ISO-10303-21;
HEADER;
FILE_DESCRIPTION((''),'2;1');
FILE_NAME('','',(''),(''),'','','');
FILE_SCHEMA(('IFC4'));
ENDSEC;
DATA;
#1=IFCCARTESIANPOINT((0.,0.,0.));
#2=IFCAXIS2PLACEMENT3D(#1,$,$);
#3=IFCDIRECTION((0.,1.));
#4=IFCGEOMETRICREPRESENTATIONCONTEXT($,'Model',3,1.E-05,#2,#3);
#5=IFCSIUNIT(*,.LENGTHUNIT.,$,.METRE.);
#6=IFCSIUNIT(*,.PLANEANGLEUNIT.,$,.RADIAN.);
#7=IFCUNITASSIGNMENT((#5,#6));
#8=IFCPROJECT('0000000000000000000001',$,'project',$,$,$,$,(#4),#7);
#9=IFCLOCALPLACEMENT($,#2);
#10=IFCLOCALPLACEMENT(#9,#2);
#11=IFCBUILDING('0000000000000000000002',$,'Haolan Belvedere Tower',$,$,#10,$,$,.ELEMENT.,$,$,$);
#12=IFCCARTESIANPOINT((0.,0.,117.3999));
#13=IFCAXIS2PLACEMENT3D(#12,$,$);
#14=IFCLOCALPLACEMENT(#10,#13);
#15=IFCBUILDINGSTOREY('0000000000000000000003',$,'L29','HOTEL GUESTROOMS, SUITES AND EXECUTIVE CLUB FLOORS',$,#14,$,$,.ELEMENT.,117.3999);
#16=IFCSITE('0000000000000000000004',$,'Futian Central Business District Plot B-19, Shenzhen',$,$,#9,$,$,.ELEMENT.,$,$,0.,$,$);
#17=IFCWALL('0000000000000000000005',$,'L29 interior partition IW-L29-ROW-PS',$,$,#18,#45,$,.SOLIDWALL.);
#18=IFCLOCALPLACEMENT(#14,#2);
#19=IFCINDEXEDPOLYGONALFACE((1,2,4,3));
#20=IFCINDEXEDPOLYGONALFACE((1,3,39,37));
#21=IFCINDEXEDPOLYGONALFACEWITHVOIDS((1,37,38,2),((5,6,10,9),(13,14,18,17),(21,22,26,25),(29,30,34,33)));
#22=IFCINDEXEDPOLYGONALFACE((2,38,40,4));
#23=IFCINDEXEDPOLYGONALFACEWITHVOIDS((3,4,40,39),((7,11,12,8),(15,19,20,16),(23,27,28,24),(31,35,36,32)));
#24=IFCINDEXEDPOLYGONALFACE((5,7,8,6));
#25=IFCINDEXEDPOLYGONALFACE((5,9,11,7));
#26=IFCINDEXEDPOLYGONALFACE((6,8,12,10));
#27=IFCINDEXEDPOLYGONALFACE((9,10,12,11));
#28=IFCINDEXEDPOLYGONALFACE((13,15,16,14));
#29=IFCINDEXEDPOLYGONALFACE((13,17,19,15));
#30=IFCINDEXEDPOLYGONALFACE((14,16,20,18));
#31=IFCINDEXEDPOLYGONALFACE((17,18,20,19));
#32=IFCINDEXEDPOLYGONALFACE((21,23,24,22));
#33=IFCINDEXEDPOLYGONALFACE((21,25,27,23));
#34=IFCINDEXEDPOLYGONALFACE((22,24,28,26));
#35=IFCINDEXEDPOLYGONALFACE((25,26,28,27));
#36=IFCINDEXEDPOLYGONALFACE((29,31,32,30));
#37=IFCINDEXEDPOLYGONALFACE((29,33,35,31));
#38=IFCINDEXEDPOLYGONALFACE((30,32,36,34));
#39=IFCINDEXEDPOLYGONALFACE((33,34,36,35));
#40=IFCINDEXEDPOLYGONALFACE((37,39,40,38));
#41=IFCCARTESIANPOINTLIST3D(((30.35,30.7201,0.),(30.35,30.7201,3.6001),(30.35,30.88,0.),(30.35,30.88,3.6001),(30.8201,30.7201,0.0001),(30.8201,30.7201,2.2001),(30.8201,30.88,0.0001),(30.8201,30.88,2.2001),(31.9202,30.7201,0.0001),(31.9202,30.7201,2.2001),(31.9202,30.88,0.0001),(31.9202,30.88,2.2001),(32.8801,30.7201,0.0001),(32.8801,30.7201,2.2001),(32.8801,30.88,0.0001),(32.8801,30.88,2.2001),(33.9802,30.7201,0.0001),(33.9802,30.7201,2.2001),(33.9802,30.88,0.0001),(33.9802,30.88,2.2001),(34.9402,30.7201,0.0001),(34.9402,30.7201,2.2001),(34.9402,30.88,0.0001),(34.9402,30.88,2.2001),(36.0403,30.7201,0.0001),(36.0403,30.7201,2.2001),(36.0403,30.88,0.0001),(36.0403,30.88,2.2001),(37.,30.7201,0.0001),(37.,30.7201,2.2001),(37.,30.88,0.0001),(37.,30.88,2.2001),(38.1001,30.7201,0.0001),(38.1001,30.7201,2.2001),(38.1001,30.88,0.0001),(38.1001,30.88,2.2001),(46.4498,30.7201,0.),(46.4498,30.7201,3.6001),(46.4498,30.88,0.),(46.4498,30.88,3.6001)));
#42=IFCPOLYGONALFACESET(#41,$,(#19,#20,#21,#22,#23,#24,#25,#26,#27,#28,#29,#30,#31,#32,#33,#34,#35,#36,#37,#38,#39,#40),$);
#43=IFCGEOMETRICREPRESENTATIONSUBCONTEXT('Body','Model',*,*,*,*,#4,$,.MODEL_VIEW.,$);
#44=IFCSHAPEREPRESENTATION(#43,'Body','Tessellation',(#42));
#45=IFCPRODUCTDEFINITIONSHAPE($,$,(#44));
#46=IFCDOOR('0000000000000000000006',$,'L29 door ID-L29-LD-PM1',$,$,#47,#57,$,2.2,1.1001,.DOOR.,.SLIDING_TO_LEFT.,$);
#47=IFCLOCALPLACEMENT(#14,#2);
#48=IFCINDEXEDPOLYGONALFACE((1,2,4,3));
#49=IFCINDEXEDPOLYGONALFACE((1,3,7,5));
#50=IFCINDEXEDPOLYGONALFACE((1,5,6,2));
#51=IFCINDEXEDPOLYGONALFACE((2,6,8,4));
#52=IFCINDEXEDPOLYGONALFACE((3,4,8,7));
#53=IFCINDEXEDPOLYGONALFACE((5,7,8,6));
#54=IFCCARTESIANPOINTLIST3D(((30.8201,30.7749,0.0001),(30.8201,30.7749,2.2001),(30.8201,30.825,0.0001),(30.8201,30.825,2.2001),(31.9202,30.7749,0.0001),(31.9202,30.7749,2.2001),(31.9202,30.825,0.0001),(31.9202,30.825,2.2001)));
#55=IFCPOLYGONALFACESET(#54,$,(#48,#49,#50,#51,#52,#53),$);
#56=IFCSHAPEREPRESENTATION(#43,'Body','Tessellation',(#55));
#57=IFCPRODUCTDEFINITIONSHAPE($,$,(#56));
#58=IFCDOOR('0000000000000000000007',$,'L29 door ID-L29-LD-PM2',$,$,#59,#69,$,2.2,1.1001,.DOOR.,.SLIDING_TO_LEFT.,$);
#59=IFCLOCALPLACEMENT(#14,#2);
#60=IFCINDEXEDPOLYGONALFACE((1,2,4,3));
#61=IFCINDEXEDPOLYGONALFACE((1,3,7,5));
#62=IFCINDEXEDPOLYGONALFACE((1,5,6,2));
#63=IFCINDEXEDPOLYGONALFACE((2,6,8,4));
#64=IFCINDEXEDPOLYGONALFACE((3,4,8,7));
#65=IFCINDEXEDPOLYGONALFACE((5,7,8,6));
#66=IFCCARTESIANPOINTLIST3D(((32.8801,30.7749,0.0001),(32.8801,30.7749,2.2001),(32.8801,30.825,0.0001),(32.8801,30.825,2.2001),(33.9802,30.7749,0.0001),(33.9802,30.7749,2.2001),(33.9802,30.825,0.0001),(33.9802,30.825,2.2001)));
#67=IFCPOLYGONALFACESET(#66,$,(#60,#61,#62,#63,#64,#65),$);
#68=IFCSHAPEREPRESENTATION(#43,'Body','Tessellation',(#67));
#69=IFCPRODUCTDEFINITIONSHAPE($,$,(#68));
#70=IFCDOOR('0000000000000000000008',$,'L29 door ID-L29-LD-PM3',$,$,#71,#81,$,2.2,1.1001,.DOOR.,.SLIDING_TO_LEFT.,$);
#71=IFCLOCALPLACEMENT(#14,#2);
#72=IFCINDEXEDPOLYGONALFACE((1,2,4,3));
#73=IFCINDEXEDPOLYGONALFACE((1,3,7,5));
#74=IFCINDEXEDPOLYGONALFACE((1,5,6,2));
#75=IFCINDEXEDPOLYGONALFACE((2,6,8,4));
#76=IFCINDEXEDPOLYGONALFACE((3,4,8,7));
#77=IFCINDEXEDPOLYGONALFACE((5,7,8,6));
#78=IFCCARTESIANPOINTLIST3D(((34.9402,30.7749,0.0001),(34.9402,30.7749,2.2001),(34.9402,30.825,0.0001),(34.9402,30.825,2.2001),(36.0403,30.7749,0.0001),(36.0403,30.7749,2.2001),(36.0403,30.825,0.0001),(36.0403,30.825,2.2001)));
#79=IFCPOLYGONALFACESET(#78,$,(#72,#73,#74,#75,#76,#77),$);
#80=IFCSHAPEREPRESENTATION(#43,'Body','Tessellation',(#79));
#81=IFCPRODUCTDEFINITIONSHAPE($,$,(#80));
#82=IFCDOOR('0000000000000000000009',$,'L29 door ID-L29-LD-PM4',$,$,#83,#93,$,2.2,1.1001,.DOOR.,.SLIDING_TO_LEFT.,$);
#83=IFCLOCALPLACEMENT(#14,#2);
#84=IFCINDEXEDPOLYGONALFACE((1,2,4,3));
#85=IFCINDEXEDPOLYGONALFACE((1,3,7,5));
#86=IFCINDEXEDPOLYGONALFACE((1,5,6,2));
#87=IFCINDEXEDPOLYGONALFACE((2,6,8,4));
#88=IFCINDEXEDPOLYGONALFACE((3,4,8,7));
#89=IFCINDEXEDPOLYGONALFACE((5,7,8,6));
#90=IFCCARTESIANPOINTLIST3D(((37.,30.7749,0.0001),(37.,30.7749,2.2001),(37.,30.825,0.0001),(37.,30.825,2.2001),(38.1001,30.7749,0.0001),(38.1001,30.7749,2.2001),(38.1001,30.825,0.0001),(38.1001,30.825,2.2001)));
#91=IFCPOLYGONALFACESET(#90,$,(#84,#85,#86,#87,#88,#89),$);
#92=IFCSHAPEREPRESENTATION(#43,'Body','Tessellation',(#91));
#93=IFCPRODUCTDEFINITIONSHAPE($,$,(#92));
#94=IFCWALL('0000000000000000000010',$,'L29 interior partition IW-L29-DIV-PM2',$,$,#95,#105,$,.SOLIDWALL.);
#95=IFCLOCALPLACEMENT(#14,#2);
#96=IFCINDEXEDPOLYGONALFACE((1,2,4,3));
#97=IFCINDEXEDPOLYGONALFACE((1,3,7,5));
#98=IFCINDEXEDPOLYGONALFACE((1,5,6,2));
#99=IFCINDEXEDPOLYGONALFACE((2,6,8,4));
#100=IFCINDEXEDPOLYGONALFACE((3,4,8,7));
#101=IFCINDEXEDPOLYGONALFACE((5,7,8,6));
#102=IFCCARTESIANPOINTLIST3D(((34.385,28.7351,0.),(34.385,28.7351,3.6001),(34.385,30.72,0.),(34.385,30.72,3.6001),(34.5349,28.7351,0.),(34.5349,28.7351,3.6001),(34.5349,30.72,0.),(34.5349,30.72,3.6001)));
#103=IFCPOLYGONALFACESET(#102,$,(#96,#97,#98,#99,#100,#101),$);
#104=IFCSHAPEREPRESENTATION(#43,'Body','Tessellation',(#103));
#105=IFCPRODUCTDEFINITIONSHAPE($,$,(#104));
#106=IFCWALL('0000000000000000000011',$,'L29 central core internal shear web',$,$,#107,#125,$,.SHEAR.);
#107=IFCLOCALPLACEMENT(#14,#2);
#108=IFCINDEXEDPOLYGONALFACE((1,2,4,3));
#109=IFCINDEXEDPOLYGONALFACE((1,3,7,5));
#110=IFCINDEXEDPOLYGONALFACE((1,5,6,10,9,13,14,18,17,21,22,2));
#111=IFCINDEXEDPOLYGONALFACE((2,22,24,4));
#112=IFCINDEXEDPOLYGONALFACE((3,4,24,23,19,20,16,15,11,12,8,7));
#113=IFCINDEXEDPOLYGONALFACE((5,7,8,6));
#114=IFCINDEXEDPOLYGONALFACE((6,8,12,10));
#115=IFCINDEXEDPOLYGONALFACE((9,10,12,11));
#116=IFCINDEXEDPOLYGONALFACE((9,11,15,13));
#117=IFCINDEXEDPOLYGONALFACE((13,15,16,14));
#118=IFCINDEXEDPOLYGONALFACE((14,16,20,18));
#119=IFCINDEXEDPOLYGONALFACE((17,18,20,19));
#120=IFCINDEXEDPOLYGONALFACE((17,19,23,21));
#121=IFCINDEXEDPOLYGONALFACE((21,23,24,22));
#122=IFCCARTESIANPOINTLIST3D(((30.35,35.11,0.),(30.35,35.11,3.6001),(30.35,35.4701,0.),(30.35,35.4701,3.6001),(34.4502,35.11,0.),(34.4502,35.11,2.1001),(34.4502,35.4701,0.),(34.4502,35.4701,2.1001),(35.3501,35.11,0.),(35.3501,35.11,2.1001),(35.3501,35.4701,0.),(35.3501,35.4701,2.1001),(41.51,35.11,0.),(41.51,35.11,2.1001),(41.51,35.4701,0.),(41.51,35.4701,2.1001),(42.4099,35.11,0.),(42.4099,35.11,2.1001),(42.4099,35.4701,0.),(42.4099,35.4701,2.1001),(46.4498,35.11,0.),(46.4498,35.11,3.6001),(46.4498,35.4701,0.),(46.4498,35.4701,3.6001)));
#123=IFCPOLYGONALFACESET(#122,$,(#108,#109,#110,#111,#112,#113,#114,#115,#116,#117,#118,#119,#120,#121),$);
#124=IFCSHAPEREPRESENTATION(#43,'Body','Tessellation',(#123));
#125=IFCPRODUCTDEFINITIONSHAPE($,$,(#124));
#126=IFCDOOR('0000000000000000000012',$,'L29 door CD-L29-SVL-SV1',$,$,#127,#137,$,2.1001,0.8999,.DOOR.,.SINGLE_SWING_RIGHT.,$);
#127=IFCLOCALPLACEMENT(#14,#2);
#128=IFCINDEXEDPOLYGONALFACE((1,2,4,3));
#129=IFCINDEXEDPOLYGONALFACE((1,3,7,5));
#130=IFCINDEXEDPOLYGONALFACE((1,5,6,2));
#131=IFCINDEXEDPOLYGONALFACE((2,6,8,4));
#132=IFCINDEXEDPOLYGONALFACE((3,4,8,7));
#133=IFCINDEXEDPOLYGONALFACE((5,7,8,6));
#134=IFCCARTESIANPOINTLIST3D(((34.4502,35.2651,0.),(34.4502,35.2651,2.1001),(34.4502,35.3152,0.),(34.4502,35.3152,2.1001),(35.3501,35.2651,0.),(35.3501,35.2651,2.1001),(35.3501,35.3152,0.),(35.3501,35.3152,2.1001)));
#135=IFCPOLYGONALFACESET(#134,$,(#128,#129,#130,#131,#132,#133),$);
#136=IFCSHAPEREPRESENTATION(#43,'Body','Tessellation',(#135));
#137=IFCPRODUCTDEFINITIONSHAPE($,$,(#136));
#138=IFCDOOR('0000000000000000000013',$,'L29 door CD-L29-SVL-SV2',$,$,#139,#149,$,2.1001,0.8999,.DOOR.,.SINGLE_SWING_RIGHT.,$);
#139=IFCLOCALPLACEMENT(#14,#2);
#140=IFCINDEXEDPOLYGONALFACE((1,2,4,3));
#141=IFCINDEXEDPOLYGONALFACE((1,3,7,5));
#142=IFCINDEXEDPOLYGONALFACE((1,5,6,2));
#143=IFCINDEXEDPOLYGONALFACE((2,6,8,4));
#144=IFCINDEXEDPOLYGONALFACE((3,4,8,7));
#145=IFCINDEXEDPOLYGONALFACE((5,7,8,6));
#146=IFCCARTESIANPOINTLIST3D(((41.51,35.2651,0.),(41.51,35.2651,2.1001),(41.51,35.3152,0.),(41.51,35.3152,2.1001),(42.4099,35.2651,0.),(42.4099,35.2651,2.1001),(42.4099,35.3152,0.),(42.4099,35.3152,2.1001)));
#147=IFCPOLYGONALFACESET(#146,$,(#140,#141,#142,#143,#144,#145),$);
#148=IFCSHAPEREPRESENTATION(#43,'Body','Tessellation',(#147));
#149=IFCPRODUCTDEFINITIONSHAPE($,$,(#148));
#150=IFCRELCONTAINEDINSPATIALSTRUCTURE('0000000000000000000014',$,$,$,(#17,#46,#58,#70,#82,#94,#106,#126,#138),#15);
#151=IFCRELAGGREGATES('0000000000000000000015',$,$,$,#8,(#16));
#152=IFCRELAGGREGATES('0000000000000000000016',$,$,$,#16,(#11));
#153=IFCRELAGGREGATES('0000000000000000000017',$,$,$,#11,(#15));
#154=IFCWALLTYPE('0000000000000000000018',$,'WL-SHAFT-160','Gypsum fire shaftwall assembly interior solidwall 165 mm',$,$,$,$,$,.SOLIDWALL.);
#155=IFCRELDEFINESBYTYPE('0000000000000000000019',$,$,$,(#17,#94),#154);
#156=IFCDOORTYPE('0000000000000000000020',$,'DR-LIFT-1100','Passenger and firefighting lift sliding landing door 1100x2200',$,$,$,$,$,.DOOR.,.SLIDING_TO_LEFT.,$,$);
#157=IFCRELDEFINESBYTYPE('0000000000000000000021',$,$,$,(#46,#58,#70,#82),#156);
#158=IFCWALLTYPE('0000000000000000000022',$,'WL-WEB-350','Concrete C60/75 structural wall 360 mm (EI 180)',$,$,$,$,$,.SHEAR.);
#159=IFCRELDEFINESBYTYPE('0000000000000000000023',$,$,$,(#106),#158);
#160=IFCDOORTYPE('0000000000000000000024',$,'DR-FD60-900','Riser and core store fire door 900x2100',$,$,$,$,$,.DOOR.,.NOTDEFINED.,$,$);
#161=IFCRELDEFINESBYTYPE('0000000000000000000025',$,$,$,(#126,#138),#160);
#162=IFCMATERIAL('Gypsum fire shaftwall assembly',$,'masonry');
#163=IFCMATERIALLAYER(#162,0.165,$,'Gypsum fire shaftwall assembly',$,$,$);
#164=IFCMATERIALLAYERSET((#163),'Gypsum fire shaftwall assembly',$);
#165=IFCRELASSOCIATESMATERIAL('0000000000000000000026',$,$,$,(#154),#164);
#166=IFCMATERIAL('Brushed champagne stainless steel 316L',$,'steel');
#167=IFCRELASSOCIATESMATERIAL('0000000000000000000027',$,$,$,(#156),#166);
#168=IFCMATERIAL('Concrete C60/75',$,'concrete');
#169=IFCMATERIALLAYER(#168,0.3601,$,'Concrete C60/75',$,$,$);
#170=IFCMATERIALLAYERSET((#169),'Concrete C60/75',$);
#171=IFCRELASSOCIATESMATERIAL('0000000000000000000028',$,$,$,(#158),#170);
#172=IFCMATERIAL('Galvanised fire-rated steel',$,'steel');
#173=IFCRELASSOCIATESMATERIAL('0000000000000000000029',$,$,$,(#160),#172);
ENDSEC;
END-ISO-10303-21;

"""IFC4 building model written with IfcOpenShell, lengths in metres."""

from ifc_helpers import new_model, si_unit, direction, frame, frame_2d, origin, place, context, subcontext, project, spatial, rectangle, extrude, material, layer, layer_set, type_object, element, fill, save


model = new_model("IFC4")

# Units and contexts
model_context = context("Model", 3, precision=1e-05, world=origin(), true_north=direction((0.0, 1.0)))
body_context = subcontext(model_context, "Body", "Model", "MODEL_VIEW")
ifc_project = project(units=[si_unit("LENGTHUNIT", "METRE"), si_unit("PLANEANGLEUNIT", "RADIAN")], contexts=[model_context])

# Site, building, storey
site_placement = place(None, origin())
site = spatial("IfcSite", under=ifc_project, at=site_placement, Name="Futian Central Business District Plot B-19, Shenzhen", CompositionType="ELEMENT", RefElevation=0.0)
building_placement = place(site_placement, origin())
building = spatial("IfcBuilding", under=site, at=building_placement, Name="Haolan Belvedere Tower", CompositionType="ELEMENT")
storey_placement = place(building_placement, frame((0.0, 0.0, 117.3999)))
storey = spatial("IfcBuildingStorey", under=building, at=storey_placement, Name="L29", Description="HOTEL GUESTROOMS, SUITES AND EXECUTIVE CLUB FLOORS", CompositionType="ELEMENT", Elevation=117.3999)

# Shared definitions
ifc_material_1 = material(Name="Concrete C60/75", Category="concrete")

# Shared definitions
ifc_material_2 = material(Name="Gypsum fire shaftwall assembly", Category="masonry")
ifc_layer_1 = layer(ifc_material_2, 0.165, Name="Gypsum fire shaftwall assembly")
ifc_layer_set_1 = layer_set([ifc_layer_1], Name="Gypsum fire shaftwall assembly")
wall_type_1 = type_object("IfcWallType", Name="WL-SHAFT-160", Description="Gypsum fire shaftwall assembly interior solidwall 165 mm", PredefinedType="SOLIDWALL", material=ifc_layer_set_1)

# Wall, openings, doors
wall_1_placement = place(storey_placement, frame((30.3501, 30.8, 0.0), z_axis=(0.0, 0.0, 1.0), x_axis=(1.0, 0.0, 0.0)))
wall_1 = element("IfcWall", 1, at=wall_1_placement, inside=storey, type_object=wall_type_1, Name="L29 interior partition IW-L29-ROW-PS", PredefinedType="SOLIDWALL", context=body_context, shape_type="SweptSolid", body=[
    extrude(rectangle(XDim=16.0999, YDim=0.1599, at=frame_2d((8.0498, 0.0))), origin(), (0.0, 0.0, 1.0), 3.6001),
])
opening_1_placement = place(wall_1_placement, frame((0.47, 0.0, 0.0)))
opening_1 = element("IfcOpeningElement", 2, at=opening_1_placement, cuts=wall_1, PredefinedType="OPENING", context=body_context, shape_type="SweptSolid", body=[
    extrude(rectangle(XDim=1.1001, YDim=2.2, at=frame_2d((0.55, 1.1001))), frame((0.0, 0.0898, 0.0), z_axis=(0.0, -1.0, 0.0), x_axis=(1.0, 0.0, 0.0)), (0.0, 0.0, 1.0), 0.1799),
])
opening_2_placement = place(wall_1_placement, frame((2.53, 0.0, 0.0)))
opening_2 = element("IfcOpeningElement", 3, at=opening_2_placement, cuts=wall_1, PredefinedType="OPENING", context=body_context, shape_type="SweptSolid", body=[
    extrude(rectangle(XDim=1.1001, YDim=2.2, at=frame_2d((0.55, 1.1001))), frame((0.0, 0.0898, 0.0), z_axis=(0.0, -1.0, 0.0), x_axis=(1.0, 0.0, 0.0)), (0.0, 0.0, 1.0), 0.1799),
])
opening_3_placement = place(wall_1_placement, frame((4.5901, 0.0, 0.0)))
opening_3 = element("IfcOpeningElement", 4, at=opening_3_placement, cuts=wall_1, PredefinedType="OPENING", context=body_context, shape_type="SweptSolid", body=[
    extrude(rectangle(XDim=1.1001, YDim=2.2, at=frame_2d((0.55, 1.1001))), frame((0.0, 0.0898, 0.0), z_axis=(0.0, -1.0, 0.0), x_axis=(1.0, 0.0, 0.0)), (0.0, 0.0, 1.0), 0.1799),
])
opening_4_placement = place(wall_1_placement, frame((6.6499, 0.0, 0.0)))
opening_4 = element("IfcOpeningElement", 5, at=opening_4_placement, cuts=wall_1, PredefinedType="OPENING", context=body_context, shape_type="SweptSolid", body=[
    extrude(rectangle(XDim=1.1001, YDim=2.2, at=frame_2d((0.55, 1.1001))), frame((0.0, 0.0898, 0.0), z_axis=(0.0, -1.0, 0.0), x_axis=(1.0, 0.0, 0.0)), (0.0, 0.0, 1.0), 0.1799),
])
ifc_material_3 = material(Name="Brushed champagne stainless steel 316L", Category="steel")
door_type_1 = type_object("IfcDoorType", Name="DR-LIFT-1100", Description="Passenger and firefighting lift sliding landing door 1100x2200", OperationType="SLIDING_TO_LEFT", PredefinedType="DOOR", material=ifc_material_3)
door_1_placement = place(opening_1_placement, origin())
door_1 = element("IfcDoor", 6, at=door_1_placement, inside=storey, type_object=door_type_1, Name="L29 door ID-L29-LD-PM1", OperationType="SLIDING_TO_LEFT", OverallHeight=2.2, OverallWidth=1.1001, PredefinedType="DOOR", context=body_context, shape_type="SweptSolid", body=[
    extrude(rectangle(XDim=1.1001, YDim=2.2, at=frame_2d((0.55, 1.1001))), frame((0.0, 0.0249, 0.0), z_axis=(0.0, -1.0, 0.0), x_axis=(1.0, 0.0, 0.0)), (0.0, 0.0, 1.0), 0.05),
])
fill(opening_1, door_1)
door_2_placement = place(opening_2_placement, origin())
door_2 = element("IfcDoor", 7, at=door_2_placement, inside=storey, type_object=door_type_1, Name="L29 door ID-L29-LD-PM2", OperationType="SLIDING_TO_LEFT", OverallHeight=2.2, OverallWidth=1.1001, PredefinedType="DOOR", context=body_context, shape_type="SweptSolid", body=[
    extrude(rectangle(XDim=1.1001, YDim=2.2, at=frame_2d((0.55, 1.1001))), frame((0.0, 0.0249, 0.0), z_axis=(0.0, -1.0, 0.0), x_axis=(1.0, 0.0, 0.0)), (0.0, 0.0, 1.0), 0.05),
])
fill(opening_2, door_2)
door_3_placement = place(opening_3_placement, origin())
door_3 = element("IfcDoor", 8, at=door_3_placement, inside=storey, type_object=door_type_1, Name="L29 door ID-L29-LD-PM3", OperationType="SLIDING_TO_LEFT", OverallHeight=2.2, OverallWidth=1.1001, PredefinedType="DOOR", context=body_context, shape_type="SweptSolid", body=[
    extrude(rectangle(XDim=1.1001, YDim=2.2, at=frame_2d((0.55, 1.1001))), frame((0.0, 0.0249, 0.0), z_axis=(0.0, -1.0, 0.0), x_axis=(1.0, 0.0, 0.0)), (0.0, 0.0, 1.0), 0.05),
])
fill(opening_3, door_3)
door_4_placement = place(opening_4_placement, origin())
door_4 = element("IfcDoor", 9, at=door_4_placement, inside=storey, type_object=door_type_1, Name="L29 door ID-L29-LD-PM4", OperationType="SLIDING_TO_LEFT", OverallHeight=2.2, OverallWidth=1.1001, PredefinedType="DOOR", context=body_context, shape_type="SweptSolid", body=[
    extrude(rectangle(XDim=1.1001, YDim=2.2, at=frame_2d((0.55, 1.1001))), frame((0.0, 0.0249, 0.0), z_axis=(0.0, -1.0, 0.0), x_axis=(1.0, 0.0, 0.0)), (0.0, 0.0, 1.0), 0.05),
])
fill(opening_4, door_4)

# Wall
wall_2_placement = place(storey_placement, frame((34.46, 28.7351, 0.0), z_axis=(0.0, 0.0, 1.0), x_axis=(0.0, 1.0, 0.0)))
element("IfcWall", 10, at=wall_2_placement, inside=storey, type_object=wall_type_1, Name="L29 interior partition IW-L29-DIV-PM2", PredefinedType="SOLIDWALL", context=body_context, shape_type="SweptSolid", body=[
    extrude(rectangle(XDim=1.9849, YDim=0.1499, at=frame_2d((0.9924, 0.0))), origin(), (0.0, 0.0, 1.0), 3.6001),
])

# Wall, openings, doors
ifc_layer_2 = layer(ifc_material_1, 0.3601, Name="Concrete C60/75")
ifc_layer_set_2 = layer_set([ifc_layer_2], Name="Concrete C60/75")
wall_type_2 = type_object("IfcWallType", Name="WL-WEB-350", Description="Concrete C60/75 structural wall 360 mm (EI 180)", PredefinedType="SHEAR", material=ifc_layer_set_2)
wall_3_placement = place(storey_placement, frame((30.3501, 35.29, 0.0), z_axis=(0.0, 0.0, 1.0), x_axis=(1.0, 0.0, 0.0)))
wall_3 = element("IfcWall", 11, at=wall_3_placement, inside=storey, type_object=wall_type_2, Name="L29 central core internal shear web", PredefinedType="SHEAR", context=body_context, shape_type="SweptSolid", body=[
    extrude(rectangle(XDim=16.0999, YDim=0.3601, at=frame_2d((8.0498, 0.0))), origin(), (0.0, 0.0, 1.0), 3.6001),
])
opening_5_placement = place(wall_3_placement, frame((5.0, 0.0, 0.0), z_axis=(0.0, 0.0, 1.0), x_axis=(-1.0, 0.0, 0.0)))
opening_5 = element("IfcOpeningElement", 12, at=opening_5_placement, cuts=wall_3, PredefinedType="OPENING", context=body_context, shape_type="SweptSolid", body=[
    extrude(rectangle(XDim=0.8999, YDim=2.1001, at=frame_2d((0.45, 1.05))), frame((0.0, 0.1899, 0.0), z_axis=(0.0, -1.0, 0.0), x_axis=(1.0, 0.0, 0.0)), (0.0, 0.0, 1.0), 0.3801),
])
opening_6_placement = place(wall_3_placement, frame((12.0598, 0.0, 0.0), z_axis=(0.0, 0.0, 1.0), x_axis=(-1.0, 0.0, 0.0)))
opening_6 = element("IfcOpeningElement", 13, at=opening_6_placement, cuts=wall_3, PredefinedType="OPENING", context=body_context, shape_type="SweptSolid", body=[
    extrude(rectangle(XDim=0.8999, YDim=2.1001, at=frame_2d((0.45, 1.05))), frame((0.0, 0.1899, 0.0), z_axis=(0.0, -1.0, 0.0), x_axis=(1.0, 0.0, 0.0)), (0.0, 0.0, 1.0), 0.3801),
])
ifc_material_4 = material(Name="Galvanised fire-rated steel", Category="steel")
door_type_2 = type_object("IfcDoorType", Name="DR-FD60-900", Description="Riser and core store fire door 900x2100", OperationType="NOTDEFINED", PredefinedType="DOOR", material=ifc_material_4)
door_5_placement = place(opening_5_placement, origin())
door_5 = element("IfcDoor", 14, at=door_5_placement, inside=storey, type_object=door_type_2, Name="L29 door CD-L29-SVL-SV1", OperationType="SINGLE_SWING_RIGHT", OverallHeight=2.1001, OverallWidth=0.8999, PredefinedType="DOOR", context=body_context, shape_type="SweptSolid", body=[
    extrude(rectangle(XDim=0.8999, YDim=2.1001, at=frame_2d((0.45, 1.05))), frame((0.0, 0.0249, 0.0), z_axis=(0.0, -1.0, 0.0), x_axis=(1.0, 0.0, 0.0)), (0.0, 0.0, 1.0), 0.05),
])
fill(opening_5, door_5)
door_6_placement = place(opening_6_placement, origin())
door_6 = element("IfcDoor", 15, at=door_6_placement, inside=storey, type_object=door_type_2, Name="L29 door CD-L29-SVL-SV2", OperationType="SINGLE_SWING_RIGHT", OverallHeight=2.1001, OverallWidth=0.8999, PredefinedType="DOOR", context=body_context, shape_type="SweptSolid", body=[
    extrude(rectangle(XDim=0.8999, YDim=2.1001, at=frame_2d((0.45, 1.05))), frame((0.0, 0.0249, 0.0), z_axis=(0.0, -1.0, 0.0), x_axis=(1.0, 0.0, 0.0)), (0.0, 0.0, 1.0), 0.05),
])
fill(opening_6, door_6)

save(model, "model.ifc")
